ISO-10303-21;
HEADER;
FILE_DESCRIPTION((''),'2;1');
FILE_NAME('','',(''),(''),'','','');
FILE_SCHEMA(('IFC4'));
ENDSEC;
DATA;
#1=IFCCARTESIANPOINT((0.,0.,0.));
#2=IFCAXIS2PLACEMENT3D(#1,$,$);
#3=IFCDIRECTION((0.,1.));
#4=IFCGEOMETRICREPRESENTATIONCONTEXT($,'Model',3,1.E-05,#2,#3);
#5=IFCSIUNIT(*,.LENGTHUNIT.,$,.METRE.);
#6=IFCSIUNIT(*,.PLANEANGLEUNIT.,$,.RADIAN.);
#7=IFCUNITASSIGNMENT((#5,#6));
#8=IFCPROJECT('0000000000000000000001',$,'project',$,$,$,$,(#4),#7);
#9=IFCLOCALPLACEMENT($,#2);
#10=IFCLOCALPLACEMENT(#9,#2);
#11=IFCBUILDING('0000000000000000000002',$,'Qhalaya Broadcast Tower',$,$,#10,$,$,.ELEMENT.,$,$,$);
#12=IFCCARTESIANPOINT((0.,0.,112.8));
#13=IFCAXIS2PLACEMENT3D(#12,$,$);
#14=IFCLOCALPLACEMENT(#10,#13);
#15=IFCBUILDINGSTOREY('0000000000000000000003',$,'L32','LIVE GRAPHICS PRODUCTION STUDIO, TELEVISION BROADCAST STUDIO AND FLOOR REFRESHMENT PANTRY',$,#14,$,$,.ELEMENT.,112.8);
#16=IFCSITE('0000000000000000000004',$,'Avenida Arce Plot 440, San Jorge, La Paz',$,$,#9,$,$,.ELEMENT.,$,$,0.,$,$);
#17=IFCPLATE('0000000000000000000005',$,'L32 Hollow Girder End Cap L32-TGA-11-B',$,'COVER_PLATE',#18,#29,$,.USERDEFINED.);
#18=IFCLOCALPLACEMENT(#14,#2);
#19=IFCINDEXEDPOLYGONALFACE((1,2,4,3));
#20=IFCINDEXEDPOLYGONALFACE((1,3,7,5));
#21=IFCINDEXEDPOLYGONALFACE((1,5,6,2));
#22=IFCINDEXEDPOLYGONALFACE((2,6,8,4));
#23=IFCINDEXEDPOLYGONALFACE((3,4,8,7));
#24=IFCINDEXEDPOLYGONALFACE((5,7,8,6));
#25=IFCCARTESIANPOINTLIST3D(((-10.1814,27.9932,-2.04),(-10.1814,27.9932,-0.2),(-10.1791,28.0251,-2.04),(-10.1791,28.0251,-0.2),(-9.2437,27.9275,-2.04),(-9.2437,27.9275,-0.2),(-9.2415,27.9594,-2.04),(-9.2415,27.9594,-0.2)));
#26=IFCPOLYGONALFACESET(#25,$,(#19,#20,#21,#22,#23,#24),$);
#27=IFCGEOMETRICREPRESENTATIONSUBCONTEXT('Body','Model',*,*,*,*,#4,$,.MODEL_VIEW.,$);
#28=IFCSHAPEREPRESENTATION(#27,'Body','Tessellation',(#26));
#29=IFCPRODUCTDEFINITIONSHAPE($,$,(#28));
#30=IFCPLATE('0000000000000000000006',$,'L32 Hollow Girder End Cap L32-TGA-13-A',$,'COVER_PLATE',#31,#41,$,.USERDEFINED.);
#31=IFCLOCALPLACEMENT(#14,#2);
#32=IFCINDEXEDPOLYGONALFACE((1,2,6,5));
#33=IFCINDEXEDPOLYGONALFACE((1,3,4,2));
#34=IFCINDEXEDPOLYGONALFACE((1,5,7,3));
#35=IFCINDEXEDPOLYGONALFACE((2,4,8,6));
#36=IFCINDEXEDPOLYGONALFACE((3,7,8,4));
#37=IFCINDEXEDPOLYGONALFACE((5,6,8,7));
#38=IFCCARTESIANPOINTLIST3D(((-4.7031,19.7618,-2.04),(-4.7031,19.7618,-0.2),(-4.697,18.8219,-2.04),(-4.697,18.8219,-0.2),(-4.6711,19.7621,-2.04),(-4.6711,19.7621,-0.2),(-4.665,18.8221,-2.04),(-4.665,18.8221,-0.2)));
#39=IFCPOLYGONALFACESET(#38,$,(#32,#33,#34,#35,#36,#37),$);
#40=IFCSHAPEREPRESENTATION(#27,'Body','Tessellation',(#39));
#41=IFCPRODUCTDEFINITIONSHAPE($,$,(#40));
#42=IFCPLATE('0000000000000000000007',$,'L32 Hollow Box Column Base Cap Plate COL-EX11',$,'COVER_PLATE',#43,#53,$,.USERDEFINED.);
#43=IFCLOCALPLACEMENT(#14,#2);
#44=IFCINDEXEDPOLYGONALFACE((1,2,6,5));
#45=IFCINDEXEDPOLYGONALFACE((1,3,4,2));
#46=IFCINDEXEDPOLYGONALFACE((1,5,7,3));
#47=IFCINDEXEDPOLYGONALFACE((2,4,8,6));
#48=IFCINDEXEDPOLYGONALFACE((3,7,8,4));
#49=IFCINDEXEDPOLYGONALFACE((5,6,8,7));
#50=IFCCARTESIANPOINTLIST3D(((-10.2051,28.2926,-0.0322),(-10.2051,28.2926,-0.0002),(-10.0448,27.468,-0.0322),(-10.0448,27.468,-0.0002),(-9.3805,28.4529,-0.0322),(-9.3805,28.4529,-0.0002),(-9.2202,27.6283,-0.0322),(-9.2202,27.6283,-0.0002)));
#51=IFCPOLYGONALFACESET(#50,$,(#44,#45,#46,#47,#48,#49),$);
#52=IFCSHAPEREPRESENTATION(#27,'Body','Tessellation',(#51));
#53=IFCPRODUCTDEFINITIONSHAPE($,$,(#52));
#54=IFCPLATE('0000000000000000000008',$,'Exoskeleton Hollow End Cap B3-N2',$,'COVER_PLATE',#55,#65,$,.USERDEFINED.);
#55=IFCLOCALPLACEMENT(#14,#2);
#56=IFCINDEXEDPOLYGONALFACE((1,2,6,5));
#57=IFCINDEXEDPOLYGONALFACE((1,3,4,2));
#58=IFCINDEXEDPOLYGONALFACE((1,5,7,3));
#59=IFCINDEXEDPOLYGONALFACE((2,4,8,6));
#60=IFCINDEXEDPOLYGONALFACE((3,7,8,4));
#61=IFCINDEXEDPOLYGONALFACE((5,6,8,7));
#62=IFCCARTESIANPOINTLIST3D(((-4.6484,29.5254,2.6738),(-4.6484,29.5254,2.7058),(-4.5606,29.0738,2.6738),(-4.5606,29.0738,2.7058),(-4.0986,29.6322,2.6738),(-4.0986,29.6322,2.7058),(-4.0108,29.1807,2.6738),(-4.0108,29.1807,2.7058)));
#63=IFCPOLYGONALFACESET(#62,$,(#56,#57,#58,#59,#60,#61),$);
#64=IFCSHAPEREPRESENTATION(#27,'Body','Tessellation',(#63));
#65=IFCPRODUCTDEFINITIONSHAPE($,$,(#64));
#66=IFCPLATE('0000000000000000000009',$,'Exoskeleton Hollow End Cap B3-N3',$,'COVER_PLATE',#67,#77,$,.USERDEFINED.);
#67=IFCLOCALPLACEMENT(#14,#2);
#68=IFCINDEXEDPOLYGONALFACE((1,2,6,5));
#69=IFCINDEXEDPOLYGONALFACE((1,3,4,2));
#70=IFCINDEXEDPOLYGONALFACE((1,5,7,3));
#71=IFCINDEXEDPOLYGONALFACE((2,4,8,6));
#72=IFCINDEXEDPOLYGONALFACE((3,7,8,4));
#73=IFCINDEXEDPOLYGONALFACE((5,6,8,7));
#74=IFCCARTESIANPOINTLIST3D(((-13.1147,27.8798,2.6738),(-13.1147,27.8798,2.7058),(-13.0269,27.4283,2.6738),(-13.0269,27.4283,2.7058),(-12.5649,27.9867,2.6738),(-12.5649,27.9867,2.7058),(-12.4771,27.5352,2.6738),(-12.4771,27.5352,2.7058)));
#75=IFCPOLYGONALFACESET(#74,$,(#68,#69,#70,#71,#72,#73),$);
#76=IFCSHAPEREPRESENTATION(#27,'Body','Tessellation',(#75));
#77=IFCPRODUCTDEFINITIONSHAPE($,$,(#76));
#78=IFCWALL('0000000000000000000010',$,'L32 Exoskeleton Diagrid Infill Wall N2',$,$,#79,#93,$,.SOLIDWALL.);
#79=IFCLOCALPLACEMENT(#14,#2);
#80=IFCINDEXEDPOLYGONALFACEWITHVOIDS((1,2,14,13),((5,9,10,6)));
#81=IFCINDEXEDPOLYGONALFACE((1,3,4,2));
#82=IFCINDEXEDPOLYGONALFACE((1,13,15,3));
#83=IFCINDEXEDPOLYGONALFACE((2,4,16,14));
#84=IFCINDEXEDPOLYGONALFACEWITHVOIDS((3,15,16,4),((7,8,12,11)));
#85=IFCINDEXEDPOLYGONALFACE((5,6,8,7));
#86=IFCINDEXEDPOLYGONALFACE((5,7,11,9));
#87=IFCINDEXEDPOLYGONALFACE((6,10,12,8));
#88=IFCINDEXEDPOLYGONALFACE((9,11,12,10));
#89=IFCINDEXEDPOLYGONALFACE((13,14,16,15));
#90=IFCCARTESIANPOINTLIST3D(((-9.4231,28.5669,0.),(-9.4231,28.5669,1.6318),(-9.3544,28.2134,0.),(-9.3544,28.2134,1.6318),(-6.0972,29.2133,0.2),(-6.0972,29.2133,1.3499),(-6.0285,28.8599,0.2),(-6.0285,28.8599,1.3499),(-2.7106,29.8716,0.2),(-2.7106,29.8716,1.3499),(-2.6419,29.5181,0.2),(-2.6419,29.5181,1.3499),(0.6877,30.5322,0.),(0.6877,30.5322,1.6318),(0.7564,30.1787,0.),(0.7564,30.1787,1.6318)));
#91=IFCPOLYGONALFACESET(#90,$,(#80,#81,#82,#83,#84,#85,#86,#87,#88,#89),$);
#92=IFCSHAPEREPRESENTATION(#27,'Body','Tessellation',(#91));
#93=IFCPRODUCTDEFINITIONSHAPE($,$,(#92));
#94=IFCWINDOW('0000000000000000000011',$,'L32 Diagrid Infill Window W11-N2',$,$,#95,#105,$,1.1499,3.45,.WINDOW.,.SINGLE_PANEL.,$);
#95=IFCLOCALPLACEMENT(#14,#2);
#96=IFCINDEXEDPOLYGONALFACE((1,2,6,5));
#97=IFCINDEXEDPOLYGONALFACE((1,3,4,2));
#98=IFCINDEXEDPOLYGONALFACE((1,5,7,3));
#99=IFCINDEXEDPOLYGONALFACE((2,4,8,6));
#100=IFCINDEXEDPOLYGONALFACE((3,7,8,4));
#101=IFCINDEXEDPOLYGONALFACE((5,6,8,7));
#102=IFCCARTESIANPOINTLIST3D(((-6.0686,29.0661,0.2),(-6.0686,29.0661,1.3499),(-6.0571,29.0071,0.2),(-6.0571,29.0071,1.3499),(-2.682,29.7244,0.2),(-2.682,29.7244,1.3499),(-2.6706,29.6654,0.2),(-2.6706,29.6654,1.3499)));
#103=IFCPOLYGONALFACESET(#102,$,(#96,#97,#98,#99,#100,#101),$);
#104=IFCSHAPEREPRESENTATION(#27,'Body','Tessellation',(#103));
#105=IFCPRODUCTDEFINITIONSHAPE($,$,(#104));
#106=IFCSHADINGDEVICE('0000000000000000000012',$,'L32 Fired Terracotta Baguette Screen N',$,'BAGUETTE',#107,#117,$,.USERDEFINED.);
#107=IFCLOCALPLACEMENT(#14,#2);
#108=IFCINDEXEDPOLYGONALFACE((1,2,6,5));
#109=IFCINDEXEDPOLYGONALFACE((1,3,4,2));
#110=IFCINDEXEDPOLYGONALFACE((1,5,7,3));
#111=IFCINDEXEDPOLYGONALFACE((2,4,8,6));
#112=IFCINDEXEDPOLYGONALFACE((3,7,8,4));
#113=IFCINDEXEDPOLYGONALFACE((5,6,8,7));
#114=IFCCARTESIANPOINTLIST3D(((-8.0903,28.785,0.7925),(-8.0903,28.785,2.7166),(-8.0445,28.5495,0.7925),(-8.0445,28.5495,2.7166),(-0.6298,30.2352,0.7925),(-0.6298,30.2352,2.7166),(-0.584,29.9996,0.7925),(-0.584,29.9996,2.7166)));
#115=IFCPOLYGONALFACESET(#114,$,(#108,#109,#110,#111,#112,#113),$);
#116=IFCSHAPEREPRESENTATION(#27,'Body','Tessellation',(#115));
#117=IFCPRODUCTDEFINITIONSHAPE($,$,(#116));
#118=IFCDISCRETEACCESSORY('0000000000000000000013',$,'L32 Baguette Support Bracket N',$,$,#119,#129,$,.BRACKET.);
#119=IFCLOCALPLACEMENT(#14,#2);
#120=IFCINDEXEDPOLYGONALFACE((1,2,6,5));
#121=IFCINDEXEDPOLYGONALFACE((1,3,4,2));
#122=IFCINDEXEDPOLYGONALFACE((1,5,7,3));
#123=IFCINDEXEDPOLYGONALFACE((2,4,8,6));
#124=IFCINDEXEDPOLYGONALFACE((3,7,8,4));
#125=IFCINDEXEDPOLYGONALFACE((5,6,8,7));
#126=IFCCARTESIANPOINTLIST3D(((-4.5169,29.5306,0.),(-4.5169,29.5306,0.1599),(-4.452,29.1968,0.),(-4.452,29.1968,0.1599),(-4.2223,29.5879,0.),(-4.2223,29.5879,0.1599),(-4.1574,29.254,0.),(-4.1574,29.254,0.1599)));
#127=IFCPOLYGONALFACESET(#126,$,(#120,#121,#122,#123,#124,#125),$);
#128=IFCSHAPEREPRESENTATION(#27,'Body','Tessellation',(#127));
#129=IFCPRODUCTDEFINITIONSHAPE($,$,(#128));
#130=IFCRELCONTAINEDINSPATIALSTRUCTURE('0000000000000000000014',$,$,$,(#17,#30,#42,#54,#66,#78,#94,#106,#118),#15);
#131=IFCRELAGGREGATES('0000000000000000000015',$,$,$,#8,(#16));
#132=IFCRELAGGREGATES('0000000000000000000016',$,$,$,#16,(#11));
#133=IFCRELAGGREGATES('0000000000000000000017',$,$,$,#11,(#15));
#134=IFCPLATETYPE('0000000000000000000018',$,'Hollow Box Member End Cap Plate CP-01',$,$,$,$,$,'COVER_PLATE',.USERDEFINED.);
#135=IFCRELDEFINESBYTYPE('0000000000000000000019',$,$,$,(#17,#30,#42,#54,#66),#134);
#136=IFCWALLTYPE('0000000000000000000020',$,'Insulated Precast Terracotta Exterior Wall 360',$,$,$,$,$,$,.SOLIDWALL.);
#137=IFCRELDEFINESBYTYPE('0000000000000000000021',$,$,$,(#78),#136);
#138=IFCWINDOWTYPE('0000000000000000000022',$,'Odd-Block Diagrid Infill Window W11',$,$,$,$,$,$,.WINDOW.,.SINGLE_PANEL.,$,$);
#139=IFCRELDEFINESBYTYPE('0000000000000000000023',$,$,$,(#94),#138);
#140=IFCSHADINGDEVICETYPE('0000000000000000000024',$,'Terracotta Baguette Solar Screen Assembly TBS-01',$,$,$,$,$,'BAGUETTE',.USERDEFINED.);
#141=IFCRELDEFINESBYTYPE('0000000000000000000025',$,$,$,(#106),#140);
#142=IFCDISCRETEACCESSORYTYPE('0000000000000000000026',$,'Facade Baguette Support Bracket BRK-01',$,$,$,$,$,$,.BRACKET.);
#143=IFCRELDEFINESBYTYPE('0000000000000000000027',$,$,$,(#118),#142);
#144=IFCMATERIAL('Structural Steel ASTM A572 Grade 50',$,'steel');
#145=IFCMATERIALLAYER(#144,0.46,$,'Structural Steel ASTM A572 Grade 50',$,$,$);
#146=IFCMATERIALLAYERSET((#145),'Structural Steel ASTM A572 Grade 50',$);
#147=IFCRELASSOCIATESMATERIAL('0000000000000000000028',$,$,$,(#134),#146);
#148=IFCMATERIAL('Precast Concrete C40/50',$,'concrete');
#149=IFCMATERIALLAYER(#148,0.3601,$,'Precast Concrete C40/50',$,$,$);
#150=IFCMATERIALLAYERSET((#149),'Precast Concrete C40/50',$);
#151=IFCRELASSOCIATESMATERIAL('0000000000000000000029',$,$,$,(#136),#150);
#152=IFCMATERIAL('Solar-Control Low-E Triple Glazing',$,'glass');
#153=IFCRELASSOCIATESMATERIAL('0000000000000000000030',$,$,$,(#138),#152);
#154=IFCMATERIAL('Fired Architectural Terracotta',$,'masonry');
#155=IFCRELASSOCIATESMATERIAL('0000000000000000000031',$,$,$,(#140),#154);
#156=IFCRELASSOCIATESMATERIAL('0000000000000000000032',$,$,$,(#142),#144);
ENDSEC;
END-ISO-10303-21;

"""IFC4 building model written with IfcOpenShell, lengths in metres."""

from ifc_helpers import new_model, si_unit, direction, frame, frame_2d, origin, origin_2d, place, context, subcontext, project, spatial, rectangle, extrude, material, layer, layer_set, type_object, element, fill, save


model = new_model("IFC4")

# Units and contexts
model_context = context("Model", 3, precision=1e-05, world=origin(), true_north=direction((0.0, 1.0)))
body_context = subcontext(model_context, "Body", "Model", "MODEL_VIEW")
ifc_project = project(units=[si_unit("LENGTHUNIT", "METRE"), si_unit("PLANEANGLEUNIT", "RADIAN")], contexts=[model_context])

# Site, building, storey
site_placement = place(None, origin())
site = spatial("IfcSite", under=ifc_project, at=site_placement, Name="Avenida Arce Plot 440, San Jorge, La Paz", CompositionType="ELEMENT", RefElevation=0.0)
building_placement = place(site_placement, origin())
building = spatial("IfcBuilding", under=site, at=building_placement, Name="Qhalaya Broadcast Tower", CompositionType="ELEMENT")
storey_placement = place(building_placement, frame((0.0, 0.0, 112.8)))
storey = spatial("IfcBuildingStorey", under=building, at=storey_placement, Name="L32", Description="LIVE GRAPHICS PRODUCTION STUDIO, TELEVISION BROADCAST STUDIO AND FLOOR REFRESHMENT PANTRY", CompositionType="ELEMENT", Elevation=112.8)

# Shared definitions
ifc_material_1 = material(Name="Structural Steel ASTM A572 Grade 50", Category="steel")

# Plates
ifc_layer_1 = layer(ifc_material_1, 0.46, Name="Structural Steel ASTM A572 Grade 50")
ifc_layer_set_1 = layer_set([ifc_layer_1], Name="Structural Steel ASTM A572 Grade 50")
plate_type_1 = type_object("IfcPlateType", Name="Hollow Box Member End Cap Plate CP-01", ElementType="COVER_PLATE", PredefinedType="USERDEFINED", material=ifc_layer_set_1)
for number, where, z_axis, x_axis, name in (
    (1, (-9.7114, 27.9763, -2.04), (0.0, 0.0, 1.0), (-0.997558, 0.069844, 0.0), "L32 Hollow Girder End Cap L32-TGA-11-B"),
    (2, (-4.6841, 19.292, -2.04), (0.0, 0.0, 1.0), (0.006493, -0.999979, 0.0), "L32 Hollow Girder End Cap L32-TGA-13-A"),
):
    element("IfcPlate", number, at=place(storey_placement, frame(where, z_axis=z_axis, x_axis=x_axis)), inside=storey, type_object=plate_type_1, Name=name, ObjectType="COVER_PLATE", PredefinedType="USERDEFINED", context=body_context, shape_type="SweptSolid", body=[
        extrude(rectangle(XDim=0.9399, YDim=0.032, at=origin_2d()), origin(), (0.0, 0.0, 1.0), 1.8401),
    ])
plate_placement = place(storey_placement, frame((-9.7126, 27.9604, -0.0322), z_axis=(0.0, 0.0, 1.0), x_axis=(0.981627, 0.190809, 0.0)))
element("IfcPlate", 3, at=plate_placement, inside=storey, type_object=plate_type_1, Name="L32 Hollow Box Column Base Cap Plate COL-EX11", ObjectType="COVER_PLATE", PredefinedType="USERDEFINED", context=body_context, shape_type="SweptSolid", body=[
    extrude(rectangle(XDim=0.8401, YDim=0.8401, at=origin_2d()), origin(), (0.0, 0.0, 1.0), 0.032),
])
for number, where, z_axis, x_axis, name in (
    (4, (-4.3296, 29.353, 2.6738), (0.0, 0.0, 1.0), (0.981627, 0.190809, 0.0), "Exoskeleton Hollow End Cap B3-N2"),
    (5, (-12.7959, 27.7075, 2.6738), (0.0, 0.0, 1.0), (0.981627, 0.190809, 0.0), "Exoskeleton Hollow End Cap B3-N3"),
):
    element("IfcPlate", number, at=place(storey_placement, frame(where, z_axis=z_axis, x_axis=x_axis)), inside=storey, type_object=plate_type_1, Name=name, ObjectType="COVER_PLATE", PredefinedType="USERDEFINED", context=body_context, shape_type="SweptSolid", body=[
        extrude(rectangle(XDim=0.5601, YDim=0.46, at=origin_2d()), origin(), (0.0, 0.0, 1.0), 0.032),
    ])

# Wall, opening, window
ifc_material_2 = material(Name="Precast Concrete C40/50", Category="concrete")
ifc_layer_2 = layer(ifc_material_2, 0.3601, Name="Precast Concrete C40/50")
ifc_layer_set_2 = layer_set([ifc_layer_2], Name="Precast Concrete C40/50")
wall_type = type_object("IfcWallType", Name="Insulated Precast Terracotta Exterior Wall 360", PredefinedType="SOLIDWALL", material=ifc_layer_set_2)
wall_placement = place(storey_placement, frame((-9.3887, 28.3901, 0.0), z_axis=(0.0, 0.0, 1.0), x_axis=(0.981627, 0.190807, 0.0)))
wall = element("IfcWall", 6, at=wall_placement, inside=storey, type_object=wall_type, Name="L32 Exoskeleton Diagrid Infill Wall N2", PredefinedType="SOLIDWALL", context=body_context, shape_type="SweptSolid", body=[
    extrude(rectangle(XDim=10.3, YDim=0.3601, at=frame_2d((5.1499, 0.0))), origin(), (0.0, 0.0, 1.0), 1.6318),
])
opening_placement = place(wall_placement, frame((3.3879, 0.0, 0.2)))
opening = element("IfcOpeningElement", 7, at=opening_placement, cuts=wall, PredefinedType="OPENING", context=body_context, shape_type="SweptSolid", body=[
    extrude(rectangle(XDim=3.45, YDim=1.1499, at=frame_2d((1.7251, 0.575))), frame((0.0, 0.1921, 0.0), z_axis=(0.0, -1.0, 0.0), x_axis=(1.0, 0.0, 0.0)), (0.0, 0.0, 1.0), 0.384),
])
ifc_material_3 = material(Name="Solar-Control Low-E Triple Glazing", Category="glass")
window_type = type_object("IfcWindowType", Name="Odd-Block Diagrid Infill Window W11", PartitioningType="SINGLE_PANEL", PredefinedType="WINDOW", material=ifc_material_3)
window_placement = place(opening_placement, origin())
window = element("IfcWindow", 8, at=window_placement, inside=storey, type_object=window_type, Name="L32 Diagrid Infill Window W11-N2", OverallHeight=1.1499, OverallWidth=3.45, PartitioningType="SINGLE_PANEL", PredefinedType="WINDOW", context=body_context, shape_type="SweptSolid", body=[
    extrude(rectangle(XDim=3.45, YDim=1.1499, at=frame_2d((1.7251, 0.575))), frame((0.0, 0.03, 0.0), z_axis=(0.0, -1.0, 0.0), x_axis=(1.0, 0.0, 0.0)), (0.0, 0.0, 1.0), 0.0601),
])
fill(opening, window)

# Shading device
ifc_material_4 = material(Name="Fired Architectural Terracotta", Category="masonry")
shading_device_type = type_object("IfcShadingDeviceType", Name="Terracotta Baguette Solar Screen Assembly TBS-01", ElementType="BAGUETTE", PredefinedType="USERDEFINED", material=ifc_material_4)
shading_device_placement = place(storey_placement, frame((-4.3372, 29.3923, 0.7925), z_axis=(0.0, 0.0, 1.0), x_axis=(-0.981627, -0.190809, 0.0)))
element("IfcShadingDevice", 9, at=shading_device_placement, inside=storey, type_object=shading_device_type, Name="L32 Fired Terracotta Baguette Screen N", ObjectType="BAGUETTE", PredefinedType="USERDEFINED", context=body_context, shape_type="SweptSolid", body=[
    extrude(rectangle(XDim=7.6001, YDim=0.24, at=origin_2d()), origin(), (0.0, 0.0, 1.0), 1.9241),
])

# Discrete accessory
discrete_accessory_type = type_object("IfcDiscreteAccessoryType", Name="Facade Baguette Support Bracket BRK-01", PredefinedType="BRACKET", material=ifc_material_1)
discrete_accessory_placement = place(storey_placement, frame((-4.3372, 29.3923, 0.0), z_axis=(0.0, 0.0, 1.0), x_axis=(-0.981627, -0.190809, 0.0)))
element("IfcDiscreteAccessory", 10, at=discrete_accessory_placement, inside=storey, type_object=discrete_accessory_type, Name="L32 Baguette Support Bracket N", PredefinedType="BRACKET", context=body_context, shape_type="SweptSolid", body=[
    extrude(rectangle(XDim=0.3, YDim=0.3401, at=origin_2d()), origin(), (0.0, 0.0, 1.0), 0.1599),
])

save(model, "model.ifc")
